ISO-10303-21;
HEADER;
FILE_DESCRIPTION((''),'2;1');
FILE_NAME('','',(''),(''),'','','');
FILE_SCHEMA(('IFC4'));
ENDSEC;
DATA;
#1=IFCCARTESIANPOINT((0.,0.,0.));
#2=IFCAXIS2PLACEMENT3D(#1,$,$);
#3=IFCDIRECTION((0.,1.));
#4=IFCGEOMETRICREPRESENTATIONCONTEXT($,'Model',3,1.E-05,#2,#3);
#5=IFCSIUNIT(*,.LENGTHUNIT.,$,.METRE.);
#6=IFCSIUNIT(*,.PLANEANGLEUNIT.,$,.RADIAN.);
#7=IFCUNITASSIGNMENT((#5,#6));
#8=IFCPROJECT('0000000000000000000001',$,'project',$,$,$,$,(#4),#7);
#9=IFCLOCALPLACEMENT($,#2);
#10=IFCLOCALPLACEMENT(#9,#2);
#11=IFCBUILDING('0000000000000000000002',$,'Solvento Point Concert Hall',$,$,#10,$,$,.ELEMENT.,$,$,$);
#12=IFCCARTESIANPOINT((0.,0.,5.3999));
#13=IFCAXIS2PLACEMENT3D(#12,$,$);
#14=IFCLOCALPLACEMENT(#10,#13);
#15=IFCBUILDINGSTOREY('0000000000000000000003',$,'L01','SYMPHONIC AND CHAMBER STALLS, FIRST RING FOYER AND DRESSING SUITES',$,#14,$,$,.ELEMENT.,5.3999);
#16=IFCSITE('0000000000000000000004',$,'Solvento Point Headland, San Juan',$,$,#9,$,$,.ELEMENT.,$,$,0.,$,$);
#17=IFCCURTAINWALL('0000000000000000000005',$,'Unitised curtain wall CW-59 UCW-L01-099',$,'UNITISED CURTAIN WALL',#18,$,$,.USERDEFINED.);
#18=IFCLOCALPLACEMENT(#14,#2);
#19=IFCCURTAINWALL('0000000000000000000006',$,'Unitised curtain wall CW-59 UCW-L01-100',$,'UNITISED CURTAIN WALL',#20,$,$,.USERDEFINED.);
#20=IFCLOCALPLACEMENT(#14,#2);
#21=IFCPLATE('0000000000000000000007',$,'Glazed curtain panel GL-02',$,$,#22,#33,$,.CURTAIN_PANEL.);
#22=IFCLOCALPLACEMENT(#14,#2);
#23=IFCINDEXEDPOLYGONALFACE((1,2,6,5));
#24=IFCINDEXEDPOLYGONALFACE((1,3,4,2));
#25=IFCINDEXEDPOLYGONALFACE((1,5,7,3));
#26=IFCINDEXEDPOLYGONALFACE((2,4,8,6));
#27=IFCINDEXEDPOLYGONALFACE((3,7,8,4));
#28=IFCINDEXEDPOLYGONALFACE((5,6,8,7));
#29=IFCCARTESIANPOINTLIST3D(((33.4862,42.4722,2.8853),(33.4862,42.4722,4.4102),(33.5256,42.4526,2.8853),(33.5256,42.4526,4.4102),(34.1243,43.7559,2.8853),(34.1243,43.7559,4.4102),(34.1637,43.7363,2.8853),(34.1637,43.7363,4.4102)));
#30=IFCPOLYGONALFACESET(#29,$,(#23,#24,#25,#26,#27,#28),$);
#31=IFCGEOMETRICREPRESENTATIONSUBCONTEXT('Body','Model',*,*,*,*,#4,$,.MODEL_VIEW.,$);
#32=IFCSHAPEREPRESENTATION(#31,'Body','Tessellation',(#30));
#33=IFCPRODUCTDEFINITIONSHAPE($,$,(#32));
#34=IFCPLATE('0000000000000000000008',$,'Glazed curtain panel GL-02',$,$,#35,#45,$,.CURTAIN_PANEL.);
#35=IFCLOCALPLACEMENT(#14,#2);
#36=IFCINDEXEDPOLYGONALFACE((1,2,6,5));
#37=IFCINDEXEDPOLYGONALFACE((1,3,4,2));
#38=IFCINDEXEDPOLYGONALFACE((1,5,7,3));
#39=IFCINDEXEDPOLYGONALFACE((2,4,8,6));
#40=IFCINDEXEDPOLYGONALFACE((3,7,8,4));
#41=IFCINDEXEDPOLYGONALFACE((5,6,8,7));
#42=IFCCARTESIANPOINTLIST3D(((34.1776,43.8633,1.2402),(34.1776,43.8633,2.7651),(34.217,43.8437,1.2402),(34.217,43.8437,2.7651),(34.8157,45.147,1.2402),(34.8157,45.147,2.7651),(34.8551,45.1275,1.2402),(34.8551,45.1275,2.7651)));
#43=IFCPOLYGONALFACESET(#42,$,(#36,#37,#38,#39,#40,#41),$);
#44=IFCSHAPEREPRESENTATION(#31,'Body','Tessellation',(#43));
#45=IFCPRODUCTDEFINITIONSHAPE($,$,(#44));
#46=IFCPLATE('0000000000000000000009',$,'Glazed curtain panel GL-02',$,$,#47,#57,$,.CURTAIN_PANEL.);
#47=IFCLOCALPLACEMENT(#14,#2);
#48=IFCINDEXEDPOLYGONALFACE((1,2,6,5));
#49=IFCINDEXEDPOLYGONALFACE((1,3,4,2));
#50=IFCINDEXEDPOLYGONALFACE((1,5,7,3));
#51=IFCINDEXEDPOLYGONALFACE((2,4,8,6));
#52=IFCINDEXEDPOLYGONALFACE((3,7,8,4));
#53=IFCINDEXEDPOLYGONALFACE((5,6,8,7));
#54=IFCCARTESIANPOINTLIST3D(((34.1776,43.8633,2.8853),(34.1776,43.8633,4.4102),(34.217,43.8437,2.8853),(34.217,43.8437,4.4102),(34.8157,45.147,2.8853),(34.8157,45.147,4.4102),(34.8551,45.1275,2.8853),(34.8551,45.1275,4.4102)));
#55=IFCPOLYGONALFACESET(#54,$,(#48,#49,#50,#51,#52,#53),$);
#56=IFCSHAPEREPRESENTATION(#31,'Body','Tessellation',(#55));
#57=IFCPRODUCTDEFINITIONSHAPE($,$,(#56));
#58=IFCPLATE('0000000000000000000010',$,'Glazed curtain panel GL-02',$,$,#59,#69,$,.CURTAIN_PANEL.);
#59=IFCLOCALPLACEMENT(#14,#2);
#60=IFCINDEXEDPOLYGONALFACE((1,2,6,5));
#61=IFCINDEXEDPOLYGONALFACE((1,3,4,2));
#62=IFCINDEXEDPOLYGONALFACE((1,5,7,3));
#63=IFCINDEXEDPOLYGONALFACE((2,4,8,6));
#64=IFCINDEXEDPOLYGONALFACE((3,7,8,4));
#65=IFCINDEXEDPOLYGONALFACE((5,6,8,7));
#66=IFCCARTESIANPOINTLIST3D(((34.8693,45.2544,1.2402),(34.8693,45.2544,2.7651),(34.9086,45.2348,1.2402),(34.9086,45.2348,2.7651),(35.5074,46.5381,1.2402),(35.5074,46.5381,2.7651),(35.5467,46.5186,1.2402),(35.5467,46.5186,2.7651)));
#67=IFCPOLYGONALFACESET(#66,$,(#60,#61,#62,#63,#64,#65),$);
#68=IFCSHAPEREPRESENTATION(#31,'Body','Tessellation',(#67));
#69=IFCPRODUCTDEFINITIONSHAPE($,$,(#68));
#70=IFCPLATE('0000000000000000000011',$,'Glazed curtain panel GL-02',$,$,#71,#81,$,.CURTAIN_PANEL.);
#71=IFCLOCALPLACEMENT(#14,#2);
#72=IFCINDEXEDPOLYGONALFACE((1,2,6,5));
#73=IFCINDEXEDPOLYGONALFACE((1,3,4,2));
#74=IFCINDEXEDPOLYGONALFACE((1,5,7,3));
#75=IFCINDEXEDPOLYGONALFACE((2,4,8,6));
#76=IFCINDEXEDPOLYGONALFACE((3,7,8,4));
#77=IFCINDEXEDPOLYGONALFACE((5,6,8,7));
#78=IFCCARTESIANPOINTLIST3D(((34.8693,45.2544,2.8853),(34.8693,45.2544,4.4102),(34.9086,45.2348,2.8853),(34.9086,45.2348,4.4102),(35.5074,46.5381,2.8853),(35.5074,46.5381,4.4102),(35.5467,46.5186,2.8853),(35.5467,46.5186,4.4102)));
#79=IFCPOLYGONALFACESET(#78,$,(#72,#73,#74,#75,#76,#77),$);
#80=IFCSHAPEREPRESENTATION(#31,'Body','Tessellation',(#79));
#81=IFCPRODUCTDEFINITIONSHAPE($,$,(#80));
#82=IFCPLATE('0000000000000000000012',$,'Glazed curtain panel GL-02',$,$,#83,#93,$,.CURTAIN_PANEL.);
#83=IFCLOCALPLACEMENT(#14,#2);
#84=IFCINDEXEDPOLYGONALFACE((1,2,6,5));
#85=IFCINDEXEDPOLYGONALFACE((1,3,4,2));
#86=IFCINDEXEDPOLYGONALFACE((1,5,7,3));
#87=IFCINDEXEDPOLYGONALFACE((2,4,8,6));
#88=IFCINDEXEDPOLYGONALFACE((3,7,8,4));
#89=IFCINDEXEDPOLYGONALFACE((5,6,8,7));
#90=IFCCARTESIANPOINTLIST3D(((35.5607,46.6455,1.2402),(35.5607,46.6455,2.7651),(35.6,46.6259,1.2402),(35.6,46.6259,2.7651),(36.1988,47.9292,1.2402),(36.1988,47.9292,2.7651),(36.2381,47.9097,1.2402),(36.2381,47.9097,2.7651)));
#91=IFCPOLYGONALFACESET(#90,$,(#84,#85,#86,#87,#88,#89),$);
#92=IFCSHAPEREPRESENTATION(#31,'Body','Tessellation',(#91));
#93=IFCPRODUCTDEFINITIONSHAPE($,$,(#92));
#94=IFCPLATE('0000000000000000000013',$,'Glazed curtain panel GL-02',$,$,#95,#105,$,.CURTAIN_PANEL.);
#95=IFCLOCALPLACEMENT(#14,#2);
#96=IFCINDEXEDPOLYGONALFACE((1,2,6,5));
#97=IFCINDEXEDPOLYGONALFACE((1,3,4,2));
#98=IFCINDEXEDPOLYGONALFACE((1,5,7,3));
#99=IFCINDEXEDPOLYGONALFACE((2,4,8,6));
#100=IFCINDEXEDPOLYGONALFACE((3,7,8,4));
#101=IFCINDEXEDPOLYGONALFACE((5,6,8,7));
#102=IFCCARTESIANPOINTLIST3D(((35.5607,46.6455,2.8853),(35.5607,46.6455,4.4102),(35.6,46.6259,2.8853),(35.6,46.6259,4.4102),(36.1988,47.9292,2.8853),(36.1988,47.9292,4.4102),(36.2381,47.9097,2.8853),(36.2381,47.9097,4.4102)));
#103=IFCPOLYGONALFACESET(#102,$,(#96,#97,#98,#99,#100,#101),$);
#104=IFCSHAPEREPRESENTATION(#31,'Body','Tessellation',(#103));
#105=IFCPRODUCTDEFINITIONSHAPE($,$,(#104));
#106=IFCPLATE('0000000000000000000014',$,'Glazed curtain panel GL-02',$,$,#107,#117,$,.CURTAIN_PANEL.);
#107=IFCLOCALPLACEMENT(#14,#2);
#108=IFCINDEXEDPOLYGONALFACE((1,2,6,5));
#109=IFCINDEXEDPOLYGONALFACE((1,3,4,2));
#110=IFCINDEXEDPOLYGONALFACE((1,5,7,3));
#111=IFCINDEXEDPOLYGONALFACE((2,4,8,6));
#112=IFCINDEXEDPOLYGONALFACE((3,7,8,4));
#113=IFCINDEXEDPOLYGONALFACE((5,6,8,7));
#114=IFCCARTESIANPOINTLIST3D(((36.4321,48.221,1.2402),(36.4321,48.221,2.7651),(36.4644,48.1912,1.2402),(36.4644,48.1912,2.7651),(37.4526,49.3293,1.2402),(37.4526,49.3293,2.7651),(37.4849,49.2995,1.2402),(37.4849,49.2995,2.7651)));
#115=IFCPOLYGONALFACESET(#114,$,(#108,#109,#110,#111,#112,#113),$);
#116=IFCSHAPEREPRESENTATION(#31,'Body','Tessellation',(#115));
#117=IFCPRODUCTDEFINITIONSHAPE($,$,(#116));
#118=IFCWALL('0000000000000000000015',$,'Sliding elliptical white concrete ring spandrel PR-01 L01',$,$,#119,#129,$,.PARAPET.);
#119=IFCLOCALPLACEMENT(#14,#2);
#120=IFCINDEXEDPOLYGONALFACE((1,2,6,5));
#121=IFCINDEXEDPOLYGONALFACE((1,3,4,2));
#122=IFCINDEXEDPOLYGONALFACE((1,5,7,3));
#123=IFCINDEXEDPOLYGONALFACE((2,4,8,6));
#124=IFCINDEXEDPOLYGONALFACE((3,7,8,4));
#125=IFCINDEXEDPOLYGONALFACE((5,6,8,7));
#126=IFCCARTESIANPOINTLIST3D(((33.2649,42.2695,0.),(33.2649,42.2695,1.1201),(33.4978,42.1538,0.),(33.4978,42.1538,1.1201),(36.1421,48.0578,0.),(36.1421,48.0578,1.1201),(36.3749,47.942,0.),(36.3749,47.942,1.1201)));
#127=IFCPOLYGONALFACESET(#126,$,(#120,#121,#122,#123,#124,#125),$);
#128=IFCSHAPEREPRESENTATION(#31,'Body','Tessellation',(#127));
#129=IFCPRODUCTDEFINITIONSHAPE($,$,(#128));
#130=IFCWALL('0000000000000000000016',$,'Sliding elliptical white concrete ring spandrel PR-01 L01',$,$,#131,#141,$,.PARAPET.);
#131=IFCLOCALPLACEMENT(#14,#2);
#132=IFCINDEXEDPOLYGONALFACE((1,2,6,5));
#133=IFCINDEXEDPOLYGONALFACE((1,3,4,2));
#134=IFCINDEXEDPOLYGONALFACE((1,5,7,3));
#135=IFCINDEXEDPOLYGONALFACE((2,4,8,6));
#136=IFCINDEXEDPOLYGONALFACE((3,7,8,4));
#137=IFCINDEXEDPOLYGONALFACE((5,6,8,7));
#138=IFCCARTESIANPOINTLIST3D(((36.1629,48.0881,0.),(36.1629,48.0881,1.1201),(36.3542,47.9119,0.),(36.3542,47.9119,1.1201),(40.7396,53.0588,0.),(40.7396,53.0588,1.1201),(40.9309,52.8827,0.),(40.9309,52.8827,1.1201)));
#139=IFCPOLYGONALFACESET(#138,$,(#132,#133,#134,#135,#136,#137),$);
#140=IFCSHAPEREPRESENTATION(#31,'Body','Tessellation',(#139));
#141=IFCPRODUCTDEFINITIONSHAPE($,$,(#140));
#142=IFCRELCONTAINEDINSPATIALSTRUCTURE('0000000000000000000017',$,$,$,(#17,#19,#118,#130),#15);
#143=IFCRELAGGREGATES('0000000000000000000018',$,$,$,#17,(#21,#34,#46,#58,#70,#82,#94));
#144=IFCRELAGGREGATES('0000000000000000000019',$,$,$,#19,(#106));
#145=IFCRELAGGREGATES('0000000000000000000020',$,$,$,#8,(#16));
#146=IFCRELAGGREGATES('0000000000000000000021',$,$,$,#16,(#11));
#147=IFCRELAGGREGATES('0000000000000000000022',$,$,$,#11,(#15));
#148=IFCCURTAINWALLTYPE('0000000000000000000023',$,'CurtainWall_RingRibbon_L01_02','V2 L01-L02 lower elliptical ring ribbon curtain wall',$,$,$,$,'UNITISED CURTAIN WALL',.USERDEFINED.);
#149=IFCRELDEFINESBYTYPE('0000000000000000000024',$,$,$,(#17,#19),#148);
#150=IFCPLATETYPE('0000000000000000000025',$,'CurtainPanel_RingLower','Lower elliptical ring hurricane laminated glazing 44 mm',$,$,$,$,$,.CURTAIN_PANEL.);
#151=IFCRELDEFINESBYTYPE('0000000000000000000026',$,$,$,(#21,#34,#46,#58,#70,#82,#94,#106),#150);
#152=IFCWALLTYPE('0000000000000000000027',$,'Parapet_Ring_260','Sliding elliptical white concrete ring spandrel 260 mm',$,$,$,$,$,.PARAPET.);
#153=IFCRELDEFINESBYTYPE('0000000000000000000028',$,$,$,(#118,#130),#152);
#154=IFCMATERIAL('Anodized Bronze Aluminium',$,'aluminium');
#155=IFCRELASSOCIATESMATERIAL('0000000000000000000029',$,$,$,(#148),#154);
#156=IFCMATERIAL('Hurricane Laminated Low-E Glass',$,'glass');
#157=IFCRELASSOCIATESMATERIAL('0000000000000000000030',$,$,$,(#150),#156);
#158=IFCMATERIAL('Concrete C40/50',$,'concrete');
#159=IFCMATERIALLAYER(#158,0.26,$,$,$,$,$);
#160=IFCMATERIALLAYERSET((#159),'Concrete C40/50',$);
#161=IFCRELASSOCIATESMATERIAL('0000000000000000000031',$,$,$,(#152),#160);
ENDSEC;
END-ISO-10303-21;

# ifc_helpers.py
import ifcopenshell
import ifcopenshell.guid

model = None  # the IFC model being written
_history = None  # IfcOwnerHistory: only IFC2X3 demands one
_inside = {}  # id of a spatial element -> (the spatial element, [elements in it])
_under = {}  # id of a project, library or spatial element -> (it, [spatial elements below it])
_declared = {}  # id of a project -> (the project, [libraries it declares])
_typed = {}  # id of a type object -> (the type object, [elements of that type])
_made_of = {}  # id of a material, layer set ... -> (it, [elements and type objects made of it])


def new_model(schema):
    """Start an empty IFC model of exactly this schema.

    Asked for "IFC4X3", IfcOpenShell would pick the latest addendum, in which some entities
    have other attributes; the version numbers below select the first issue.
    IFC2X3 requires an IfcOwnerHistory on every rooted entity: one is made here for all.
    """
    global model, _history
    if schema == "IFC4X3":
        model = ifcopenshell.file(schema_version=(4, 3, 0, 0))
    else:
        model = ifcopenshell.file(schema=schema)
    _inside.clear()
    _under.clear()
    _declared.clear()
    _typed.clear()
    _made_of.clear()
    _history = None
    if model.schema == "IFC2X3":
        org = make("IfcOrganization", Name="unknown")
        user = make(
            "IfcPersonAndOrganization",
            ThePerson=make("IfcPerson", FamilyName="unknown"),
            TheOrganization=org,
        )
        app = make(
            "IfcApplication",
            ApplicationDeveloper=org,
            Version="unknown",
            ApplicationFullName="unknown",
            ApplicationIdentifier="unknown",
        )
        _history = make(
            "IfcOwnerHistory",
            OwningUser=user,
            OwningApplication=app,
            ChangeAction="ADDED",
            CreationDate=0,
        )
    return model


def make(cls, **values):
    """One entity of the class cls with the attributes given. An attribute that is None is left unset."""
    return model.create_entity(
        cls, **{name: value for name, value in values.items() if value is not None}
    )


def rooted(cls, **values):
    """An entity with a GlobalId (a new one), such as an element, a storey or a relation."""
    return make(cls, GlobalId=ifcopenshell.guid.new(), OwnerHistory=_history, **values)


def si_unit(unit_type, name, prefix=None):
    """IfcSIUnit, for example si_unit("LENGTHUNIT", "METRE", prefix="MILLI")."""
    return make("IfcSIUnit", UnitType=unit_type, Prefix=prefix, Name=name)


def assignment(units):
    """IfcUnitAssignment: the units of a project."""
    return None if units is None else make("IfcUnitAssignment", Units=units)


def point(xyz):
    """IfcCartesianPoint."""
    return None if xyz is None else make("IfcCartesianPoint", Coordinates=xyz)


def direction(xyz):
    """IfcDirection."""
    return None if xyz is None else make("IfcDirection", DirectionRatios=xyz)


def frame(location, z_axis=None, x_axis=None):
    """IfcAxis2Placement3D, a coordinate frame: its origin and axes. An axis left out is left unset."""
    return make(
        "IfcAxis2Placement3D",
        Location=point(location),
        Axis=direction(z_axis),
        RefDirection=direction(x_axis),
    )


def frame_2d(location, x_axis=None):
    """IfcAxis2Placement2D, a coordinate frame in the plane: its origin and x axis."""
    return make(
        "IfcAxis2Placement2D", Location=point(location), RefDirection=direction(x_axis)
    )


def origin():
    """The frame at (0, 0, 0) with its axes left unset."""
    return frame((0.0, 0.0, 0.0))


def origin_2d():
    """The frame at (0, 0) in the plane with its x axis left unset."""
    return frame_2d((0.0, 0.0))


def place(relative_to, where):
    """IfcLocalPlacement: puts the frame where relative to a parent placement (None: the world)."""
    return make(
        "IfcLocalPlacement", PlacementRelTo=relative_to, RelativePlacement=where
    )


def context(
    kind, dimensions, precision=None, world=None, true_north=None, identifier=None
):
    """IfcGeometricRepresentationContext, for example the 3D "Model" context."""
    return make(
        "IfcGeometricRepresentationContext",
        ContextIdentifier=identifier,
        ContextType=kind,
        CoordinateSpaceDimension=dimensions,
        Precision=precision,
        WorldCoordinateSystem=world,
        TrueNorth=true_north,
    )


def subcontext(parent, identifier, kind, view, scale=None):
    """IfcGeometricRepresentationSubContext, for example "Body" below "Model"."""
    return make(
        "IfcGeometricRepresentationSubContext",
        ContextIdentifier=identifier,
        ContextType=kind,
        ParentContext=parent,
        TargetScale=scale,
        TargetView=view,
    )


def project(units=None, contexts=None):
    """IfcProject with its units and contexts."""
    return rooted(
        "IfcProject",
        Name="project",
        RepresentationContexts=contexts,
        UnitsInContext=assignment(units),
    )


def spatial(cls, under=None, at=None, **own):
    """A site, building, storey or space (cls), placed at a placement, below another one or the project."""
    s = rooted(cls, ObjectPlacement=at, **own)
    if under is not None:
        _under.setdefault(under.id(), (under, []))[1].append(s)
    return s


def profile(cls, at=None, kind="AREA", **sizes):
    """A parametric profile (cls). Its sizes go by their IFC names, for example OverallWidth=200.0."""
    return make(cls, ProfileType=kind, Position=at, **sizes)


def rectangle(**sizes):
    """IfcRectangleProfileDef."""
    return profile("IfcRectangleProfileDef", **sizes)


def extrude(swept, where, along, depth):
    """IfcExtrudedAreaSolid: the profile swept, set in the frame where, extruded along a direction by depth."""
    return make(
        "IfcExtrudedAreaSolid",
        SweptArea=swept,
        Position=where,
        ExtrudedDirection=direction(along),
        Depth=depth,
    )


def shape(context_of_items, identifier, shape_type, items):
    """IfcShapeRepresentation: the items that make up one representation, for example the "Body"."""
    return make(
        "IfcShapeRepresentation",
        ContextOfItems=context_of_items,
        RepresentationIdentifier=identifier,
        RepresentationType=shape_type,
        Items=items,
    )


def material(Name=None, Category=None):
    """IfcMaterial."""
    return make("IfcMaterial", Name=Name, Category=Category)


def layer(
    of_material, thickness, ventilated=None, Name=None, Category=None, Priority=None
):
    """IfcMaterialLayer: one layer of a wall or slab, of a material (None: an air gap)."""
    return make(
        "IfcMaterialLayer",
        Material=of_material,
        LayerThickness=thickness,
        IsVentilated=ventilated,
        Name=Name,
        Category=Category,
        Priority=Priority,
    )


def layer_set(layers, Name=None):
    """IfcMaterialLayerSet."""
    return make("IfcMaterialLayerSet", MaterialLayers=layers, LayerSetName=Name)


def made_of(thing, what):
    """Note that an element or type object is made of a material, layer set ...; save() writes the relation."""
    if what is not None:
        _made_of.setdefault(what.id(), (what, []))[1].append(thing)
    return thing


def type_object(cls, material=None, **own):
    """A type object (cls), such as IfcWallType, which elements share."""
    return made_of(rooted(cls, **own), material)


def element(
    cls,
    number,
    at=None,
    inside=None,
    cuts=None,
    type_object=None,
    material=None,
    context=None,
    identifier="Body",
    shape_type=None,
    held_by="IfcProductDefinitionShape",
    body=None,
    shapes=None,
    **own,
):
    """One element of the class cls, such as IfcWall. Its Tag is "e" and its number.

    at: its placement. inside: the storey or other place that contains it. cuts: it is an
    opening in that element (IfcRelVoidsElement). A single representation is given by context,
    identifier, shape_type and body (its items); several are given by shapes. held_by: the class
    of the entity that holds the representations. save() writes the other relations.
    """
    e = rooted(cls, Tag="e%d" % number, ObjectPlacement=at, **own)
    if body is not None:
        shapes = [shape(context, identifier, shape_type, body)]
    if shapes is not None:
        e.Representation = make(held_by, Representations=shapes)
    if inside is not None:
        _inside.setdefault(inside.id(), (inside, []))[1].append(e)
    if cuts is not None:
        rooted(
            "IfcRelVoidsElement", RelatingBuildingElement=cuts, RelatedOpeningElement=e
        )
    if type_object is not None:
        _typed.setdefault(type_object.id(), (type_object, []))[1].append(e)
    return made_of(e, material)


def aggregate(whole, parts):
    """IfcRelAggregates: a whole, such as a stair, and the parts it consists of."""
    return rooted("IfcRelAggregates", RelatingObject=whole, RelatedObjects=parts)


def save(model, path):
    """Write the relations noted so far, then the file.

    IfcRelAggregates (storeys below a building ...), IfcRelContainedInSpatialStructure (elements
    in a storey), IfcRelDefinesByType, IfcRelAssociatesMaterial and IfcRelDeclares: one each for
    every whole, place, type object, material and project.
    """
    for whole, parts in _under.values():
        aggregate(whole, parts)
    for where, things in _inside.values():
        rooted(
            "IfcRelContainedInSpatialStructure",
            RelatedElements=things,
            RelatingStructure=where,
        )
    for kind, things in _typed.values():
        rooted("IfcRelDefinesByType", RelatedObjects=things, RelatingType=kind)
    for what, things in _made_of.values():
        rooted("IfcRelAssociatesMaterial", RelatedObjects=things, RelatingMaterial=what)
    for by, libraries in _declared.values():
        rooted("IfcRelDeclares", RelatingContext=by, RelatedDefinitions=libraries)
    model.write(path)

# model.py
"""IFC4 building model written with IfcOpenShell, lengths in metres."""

from ifc_helpers import new_model, si_unit, direction, frame, frame_2d, origin, origin_2d, place, context, subcontext, project, spatial, rectangle, extrude, material, layer, layer_set, type_object, element, aggregate, save


model = new_model("IFC4")

# Units and contexts
model_context = context("Model", 3, precision=1e-05, world=origin(), true_north=direction((0.0, 1.0)))
body_context = subcontext(model_context, "Body", "Model", "MODEL_VIEW")
ifc_project = project(units=[si_unit("LENGTHUNIT", "METRE"), si_unit("PLANEANGLEUNIT", "RADIAN")], contexts=[model_context])

# Site, building, storey
site_placement = place(None, origin())
site = spatial("IfcSite", under=ifc_project, at=site_placement, Name="Solvento Point Headland, San Juan", CompositionType="ELEMENT", RefElevation=0.0)
building_placement = place(site_placement, origin())
building = spatial("IfcBuilding", under=site, at=building_placement, Name="Solvento Point Concert Hall", CompositionType="ELEMENT")
storey_placement = place(building_placement, frame((0.0, 0.0, 5.3999)))
storey = spatial("IfcBuildingStorey", under=building, at=storey_placement, Name="L01", Description="SYMPHONIC AND CHAMBER STALLS, FIRST RING FOYER AND DRESSING SUITES", CompositionType="ELEMENT", Elevation=5.3999)

# Curtain wall
ifc_material_1 = material(Name="Anodized Bronze Aluminium", Category="aluminium")
curtain_wall_type = type_object("IfcCurtainWallType", Name="CurtainWall_RingRibbon_L01_02", Description="V2 L01-L02 lower elliptical ring ribbon curtain wall", ElementType="UNITISED CURTAIN WALL", PredefinedType="USERDEFINED", material=ifc_material_1)
curtain_wall_1_placement = place(storey_placement, origin())
curtain_wall_1 = element("IfcCurtainWall", 1, at=curtain_wall_1_placement, inside=storey, type_object=curtain_wall_type, Name="Unitised curtain wall CW-59 UCW-L01-099", ObjectType="UNITISED CURTAIN WALL", PredefinedType="USERDEFINED")

# Curtain wall
curtain_wall_2_placement = place(storey_placement, origin())
curtain_wall_2 = element("IfcCurtainWall", 2, at=curtain_wall_2_placement, inside=storey, type_object=curtain_wall_type, Name="Unitised curtain wall CW-59 UCW-L01-100", ObjectType="UNITISED CURTAIN WALL", PredefinedType="USERDEFINED")

# Plates
ifc_material_2 = material(Name="Hurricane Laminated Low-E Glass", Category="glass")
plate_type = type_object("IfcPlateType", Name="CurtainPanel_RingLower", Description="Lower elliptical ring hurricane laminated glazing 44 mm", PredefinedType="CURTAIN_PANEL", material=ifc_material_2)
plate_1_placement = place(storey_placement, frame((33.825, 43.1042, 2.8853), z_axis=(0.0, 0.0, 1.0), x_axis=(0.445115, 0.895473, 0.0)))
plate_1 = element("IfcPlate", 3, at=plate_1_placement, type_object=plate_type, Name="Glazed curtain panel GL-02", PredefinedType="CURTAIN_PANEL", context=body_context, shape_type="SweptSolid", body=[
    extrude(rectangle(XDim=1.4336, YDim=0.0439, at=origin_2d()), origin(), (0.0, 0.0, 1.0), 1.5249),
])
plate_2_placement = place(storey_placement, frame((34.5164, 44.4954, 1.2402), z_axis=(0.0, 0.0, 1.0), x_axis=(0.445115, 0.895473, 0.0)))
plate_2 = element("IfcPlate", 4, at=plate_2_placement, type_object=plate_type, Name="Glazed curtain panel GL-02", PredefinedType="CURTAIN_PANEL", context=body_context, shape_type="SweptSolid", body=[
    extrude(rectangle(XDim=1.4336, YDim=0.0439, at=origin_2d()), origin(), (0.0, 0.0, 1.0), 1.5249),
])
plate_3_placement = place(storey_placement, frame((34.5164, 44.4954, 2.8853), z_axis=(0.0, 0.0, 1.0), x_axis=(0.445115, 0.895473, 0.0)))
plate_3 = element("IfcPlate", 5, at=plate_3_placement, type_object=plate_type, Name="Glazed curtain panel GL-02", PredefinedType="CURTAIN_PANEL", context=body_context, shape_type="SweptSolid", body=[
    extrude(rectangle(XDim=1.4336, YDim=0.0439, at=origin_2d()), origin(), (0.0, 0.0, 1.0), 1.5249),
])
plate_4_placement = place(storey_placement, frame((35.208, 45.8865, 1.2402), z_axis=(0.0, 0.0, 1.0), x_axis=(0.445115, 0.895473, 0.0)))
plate_4 = element("IfcPlate", 6, at=plate_4_placement, type_object=plate_type, Name="Glazed curtain panel GL-02", PredefinedType="CURTAIN_PANEL", context=body_context, shape_type="SweptSolid", body=[
    extrude(rectangle(XDim=1.4336, YDim=0.0439, at=origin_2d()), origin(), (0.0, 0.0, 1.0), 1.5249),
])
plate_5_placement = place(storey_placement, frame((35.208, 45.8865, 2.8853), z_axis=(0.0, 0.0, 1.0), x_axis=(0.445115, 0.895473, 0.0)))
plate_5 = element("IfcPlate", 7, at=plate_5_placement, type_object=plate_type, Name="Glazed curtain panel GL-02", PredefinedType="CURTAIN_PANEL", context=body_context, shape_type="SweptSolid", body=[
    extrude(rectangle(XDim=1.4336, YDim=0.0439, at=origin_2d()), origin(), (0.0, 0.0, 1.0), 1.5249),
])
plate_6_placement = place(storey_placement, frame((35.8994, 47.2776, 1.2402), z_axis=(0.0, 0.0, 1.0), x_axis=(0.445115, 0.895473, 0.0)))
plate_6 = element("IfcPlate", 8, at=plate_6_placement, type_object=plate_type, Name="Glazed curtain panel GL-02", PredefinedType="CURTAIN_PANEL", context=body_context, shape_type="SweptSolid", body=[
    extrude(rectangle(XDim=1.4336, YDim=0.0439, at=origin_2d()), origin(), (0.0, 0.0, 1.0), 1.5249),
])
plate_7_placement = place(storey_placement, frame((35.8994, 47.2776, 2.8853), z_axis=(0.0, 0.0, 1.0), x_axis=(0.445115, 0.895473, 0.0)))
plate_7 = element("IfcPlate", 9, at=plate_7_placement, type_object=plate_type, Name="Glazed curtain panel GL-02", PredefinedType="CURTAIN_PANEL", context=body_context, shape_type="SweptSolid", body=[
    extrude(rectangle(XDim=1.4336, YDim=0.0439, at=origin_2d()), origin(), (0.0, 0.0, 1.0), 1.5249),
])
aggregate(curtain_wall_1, [plate_1, plate_2, plate_3, plate_4, plate_5, plate_6, plate_7])
plate_8_placement = place(storey_placement, frame((36.9585, 48.7603, 1.2402), z_axis=(0.0, 0.0, 1.0), x_axis=(0.677365, 0.735647, 0.0)))
plate_8 = element("IfcPlate", 10, at=plate_8_placement, type_object=plate_type, Name="Glazed curtain panel GL-02", PredefinedType="CURTAIN_PANEL", context=body_context, shape_type="SweptSolid", body=[
    extrude(rectangle(XDim=1.5066, YDim=0.0439, at=origin_2d()), origin(), (0.0, 0.0, 1.0), 1.5249),
])
aggregate(curtain_wall_2, [plate_8])

# Walls
ifc_material_3 = material(Name="Concrete C40/50", Category="concrete")
ifc_layer = layer(ifc_material_3, 0.26)
ifc_layer_set = layer_set([ifc_layer], Name="Concrete C40/50")
wall_type = type_object("IfcWallType", Name="Parapet_Ring_260", Description="Sliding elliptical white concrete ring spandrel 260 mm", PredefinedType="PARAPET", material=ifc_layer_set)
wall_1_placement = place(storey_placement, frame((33.3813, 42.2117, 0.0), z_axis=(0.0, 0.0, 1.0), x_axis=(0.445112, 0.895475, 0.0)))
element("IfcWall", 11, at=wall_1_placement, inside=storey, type_object=wall_type, Name="Sliding elliptical white concrete ring spandrel PR-01 L01", PredefinedType="PARAPET", context=body_context, shape_type="SweptSolid", body=[
    extrude(rectangle(XDim=6.4639, YDim=0.26, at=frame_2d((3.2319, 0.0))), origin(), (0.0, 0.0, 1.0), 1.1201),
])
wall_2_placement = place(storey_placement, frame((36.2585, 48.0, 0.0), z_axis=(0.0, 0.0, 1.0), x_axis=(0.677346, 0.735664, 0.0)))
element("IfcWall", 12, at=wall_2_placement, inside=storey, type_object=wall_type, Name="Sliding elliptical white concrete ring spandrel PR-01 L01", PredefinedType="PARAPET", context=body_context, shape_type="SweptSolid", body=[
    extrude(rectangle(XDim=6.7568, YDim=0.26, at=frame_2d((3.3784, 0.0))), origin(), (0.0, 0.0, 1.0), 1.1201),
])

save(model, "model.ifc")
